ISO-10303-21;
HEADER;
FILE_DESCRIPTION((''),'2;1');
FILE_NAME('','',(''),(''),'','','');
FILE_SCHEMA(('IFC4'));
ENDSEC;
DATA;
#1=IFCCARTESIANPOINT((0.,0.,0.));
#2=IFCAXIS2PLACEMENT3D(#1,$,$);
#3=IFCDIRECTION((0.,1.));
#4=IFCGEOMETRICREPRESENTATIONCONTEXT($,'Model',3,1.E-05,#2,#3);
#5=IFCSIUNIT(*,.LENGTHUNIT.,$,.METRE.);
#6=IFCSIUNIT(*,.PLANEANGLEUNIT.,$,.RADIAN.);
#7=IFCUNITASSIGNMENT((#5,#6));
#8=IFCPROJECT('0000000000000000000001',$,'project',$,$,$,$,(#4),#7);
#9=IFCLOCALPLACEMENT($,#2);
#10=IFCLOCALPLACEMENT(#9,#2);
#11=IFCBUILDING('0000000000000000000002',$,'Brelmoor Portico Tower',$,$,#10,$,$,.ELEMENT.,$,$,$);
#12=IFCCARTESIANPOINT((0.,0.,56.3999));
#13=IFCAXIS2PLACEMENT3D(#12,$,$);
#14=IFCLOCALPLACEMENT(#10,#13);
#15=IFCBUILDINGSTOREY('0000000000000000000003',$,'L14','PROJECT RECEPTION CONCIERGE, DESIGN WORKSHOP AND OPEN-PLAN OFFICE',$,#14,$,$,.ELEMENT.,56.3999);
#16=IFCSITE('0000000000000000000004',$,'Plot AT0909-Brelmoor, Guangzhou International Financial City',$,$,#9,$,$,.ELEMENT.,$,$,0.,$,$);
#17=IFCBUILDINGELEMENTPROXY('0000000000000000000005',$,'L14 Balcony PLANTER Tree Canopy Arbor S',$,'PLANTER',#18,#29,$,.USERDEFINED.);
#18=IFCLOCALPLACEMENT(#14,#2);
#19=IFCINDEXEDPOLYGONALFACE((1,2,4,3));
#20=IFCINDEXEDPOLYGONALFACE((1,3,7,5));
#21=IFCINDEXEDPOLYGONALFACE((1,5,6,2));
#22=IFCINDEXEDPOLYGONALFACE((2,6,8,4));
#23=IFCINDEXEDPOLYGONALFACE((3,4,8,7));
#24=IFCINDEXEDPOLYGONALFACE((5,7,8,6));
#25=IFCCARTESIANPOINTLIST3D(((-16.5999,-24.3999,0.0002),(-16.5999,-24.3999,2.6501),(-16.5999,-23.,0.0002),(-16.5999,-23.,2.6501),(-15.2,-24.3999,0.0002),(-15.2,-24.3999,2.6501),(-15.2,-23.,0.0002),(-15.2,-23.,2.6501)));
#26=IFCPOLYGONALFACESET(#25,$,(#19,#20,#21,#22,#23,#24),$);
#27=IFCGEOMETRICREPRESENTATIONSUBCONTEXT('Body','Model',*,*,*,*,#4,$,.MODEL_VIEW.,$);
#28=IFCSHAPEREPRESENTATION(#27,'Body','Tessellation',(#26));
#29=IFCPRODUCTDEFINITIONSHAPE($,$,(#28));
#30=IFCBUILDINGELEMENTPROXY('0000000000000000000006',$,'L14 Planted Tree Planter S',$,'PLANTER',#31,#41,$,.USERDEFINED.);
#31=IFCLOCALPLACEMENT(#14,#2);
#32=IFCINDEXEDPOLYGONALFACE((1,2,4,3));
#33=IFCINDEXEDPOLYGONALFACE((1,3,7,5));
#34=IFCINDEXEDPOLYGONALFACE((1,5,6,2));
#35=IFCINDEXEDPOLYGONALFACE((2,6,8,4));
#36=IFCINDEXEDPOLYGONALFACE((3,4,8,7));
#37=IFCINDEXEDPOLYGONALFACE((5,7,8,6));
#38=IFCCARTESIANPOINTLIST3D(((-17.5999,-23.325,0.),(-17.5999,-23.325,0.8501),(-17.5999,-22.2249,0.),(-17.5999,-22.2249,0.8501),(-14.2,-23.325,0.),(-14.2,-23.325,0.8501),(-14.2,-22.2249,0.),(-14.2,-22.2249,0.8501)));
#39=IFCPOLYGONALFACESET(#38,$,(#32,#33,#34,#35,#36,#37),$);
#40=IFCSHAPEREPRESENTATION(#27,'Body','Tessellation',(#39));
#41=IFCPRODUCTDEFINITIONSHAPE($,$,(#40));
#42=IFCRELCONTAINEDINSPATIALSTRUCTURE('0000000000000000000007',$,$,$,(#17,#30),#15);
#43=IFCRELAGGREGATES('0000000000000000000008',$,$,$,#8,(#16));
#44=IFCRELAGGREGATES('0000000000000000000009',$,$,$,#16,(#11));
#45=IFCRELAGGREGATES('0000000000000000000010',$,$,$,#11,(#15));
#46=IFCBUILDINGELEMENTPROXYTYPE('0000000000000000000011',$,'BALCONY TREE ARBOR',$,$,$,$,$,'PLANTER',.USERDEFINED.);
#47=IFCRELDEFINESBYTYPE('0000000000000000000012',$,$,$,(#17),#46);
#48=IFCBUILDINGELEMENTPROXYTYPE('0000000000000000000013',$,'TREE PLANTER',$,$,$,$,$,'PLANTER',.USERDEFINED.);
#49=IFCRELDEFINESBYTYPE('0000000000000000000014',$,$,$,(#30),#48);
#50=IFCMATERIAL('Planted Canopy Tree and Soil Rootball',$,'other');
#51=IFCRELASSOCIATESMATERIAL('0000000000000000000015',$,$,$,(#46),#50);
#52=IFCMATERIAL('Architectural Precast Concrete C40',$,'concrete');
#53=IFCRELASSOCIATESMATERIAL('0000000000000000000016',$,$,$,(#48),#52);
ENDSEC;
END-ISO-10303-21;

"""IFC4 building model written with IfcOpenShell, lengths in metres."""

from ifc_helpers import new_model, si_unit, direction, frame, origin, origin_2d, place, context, subcontext, project, spatial, rectangle, extrude, material, type_object, element, save


model = new_model("IFC4")

# Units and contexts
model_context = context("Model", 3, precision=1e-05, world=origin(), true_north=direction((0.0, 1.0)))
body_context = subcontext(model_context, "Body", "Model", "MODEL_VIEW")
ifc_project = project(units=[si_unit("LENGTHUNIT", "METRE"), si_unit("PLANEANGLEUNIT", "RADIAN")], contexts=[model_context])

# Site, building, storey
site_placement = place(None, origin())
site = spatial("IfcSite", under=ifc_project, at=site_placement, Name="Plot AT0909-Brelmoor, Guangzhou International Financial City", CompositionType="ELEMENT", RefElevation=0.0)
building_placement = place(site_placement, origin())
building = spatial("IfcBuilding", under=site, at=building_placement, Name="Brelmoor Portico Tower", CompositionType="ELEMENT")
storey_placement = place(building_placement, frame((0.0, 0.0, 56.3999)))
storey = spatial("IfcBuildingStorey", under=building, at=storey_placement, Name="L14", Description="PROJECT RECEPTION CONCIERGE, DESIGN WORKSHOP AND OPEN-PLAN OFFICE", CompositionType="ELEMENT", Elevation=56.3999)

# Building element proxies
ifc_material_1 = material(Name="Planted Canopy Tree and Soil Rootball", Category="other")
building_element_proxy_type_1 = type_object("IfcBuildingElementProxyType", Name="BALCONY TREE ARBOR", ElementType="PLANTER", PredefinedType="USERDEFINED", material=ifc_material_1)
proxy_1_placement = place(storey_placement, frame((-15.8999, -23.7, 0.0002), z_axis=(0.0, 0.0, 1.0), x_axis=(1.0, 0.0, 0.0)))
element("IfcBuildingElementProxy", 1, at=proxy_1_placement, inside=storey, type_object=building_element_proxy_type_1, Name="L14 Balcony PLANTER Tree Canopy Arbor S", ObjectType="PLANTER", PredefinedType="USERDEFINED", context=body_context, shape_type="SweptSolid", body=[
    extrude(rectangle(XDim=1.3999, YDim=1.3999, at=origin_2d()), origin(), (0.0, 0.0, 1.0), 2.6499),
])
ifc_material_2 = material(Name="Architectural Precast Concrete C40", Category="concrete")
building_element_proxy_type_2 = type_object("IfcBuildingElementProxyType", Name="TREE PLANTER", ElementType="PLANTER", PredefinedType="USERDEFINED", material=ifc_material_2)
proxy_2_placement = place(storey_placement, frame((-15.8999, -22.7749, 0.0), z_axis=(0.0, 0.0, 1.0), x_axis=(1.0, 0.0, 0.0)))
element("IfcBuildingElementProxy", 2, at=proxy_2_placement, inside=storey, type_object=building_element_proxy_type_2, Name="L14 Planted Tree Planter S", ObjectType="PLANTER", PredefinedType="USERDEFINED", context=body_context, shape_type="SweptSolid", body=[
    extrude(rectangle(XDim=3.3999, YDim=1.1001, at=origin_2d()), origin(), (0.0, 0.0, 1.0), 0.8501),
])

save(model, "model.ifc")
